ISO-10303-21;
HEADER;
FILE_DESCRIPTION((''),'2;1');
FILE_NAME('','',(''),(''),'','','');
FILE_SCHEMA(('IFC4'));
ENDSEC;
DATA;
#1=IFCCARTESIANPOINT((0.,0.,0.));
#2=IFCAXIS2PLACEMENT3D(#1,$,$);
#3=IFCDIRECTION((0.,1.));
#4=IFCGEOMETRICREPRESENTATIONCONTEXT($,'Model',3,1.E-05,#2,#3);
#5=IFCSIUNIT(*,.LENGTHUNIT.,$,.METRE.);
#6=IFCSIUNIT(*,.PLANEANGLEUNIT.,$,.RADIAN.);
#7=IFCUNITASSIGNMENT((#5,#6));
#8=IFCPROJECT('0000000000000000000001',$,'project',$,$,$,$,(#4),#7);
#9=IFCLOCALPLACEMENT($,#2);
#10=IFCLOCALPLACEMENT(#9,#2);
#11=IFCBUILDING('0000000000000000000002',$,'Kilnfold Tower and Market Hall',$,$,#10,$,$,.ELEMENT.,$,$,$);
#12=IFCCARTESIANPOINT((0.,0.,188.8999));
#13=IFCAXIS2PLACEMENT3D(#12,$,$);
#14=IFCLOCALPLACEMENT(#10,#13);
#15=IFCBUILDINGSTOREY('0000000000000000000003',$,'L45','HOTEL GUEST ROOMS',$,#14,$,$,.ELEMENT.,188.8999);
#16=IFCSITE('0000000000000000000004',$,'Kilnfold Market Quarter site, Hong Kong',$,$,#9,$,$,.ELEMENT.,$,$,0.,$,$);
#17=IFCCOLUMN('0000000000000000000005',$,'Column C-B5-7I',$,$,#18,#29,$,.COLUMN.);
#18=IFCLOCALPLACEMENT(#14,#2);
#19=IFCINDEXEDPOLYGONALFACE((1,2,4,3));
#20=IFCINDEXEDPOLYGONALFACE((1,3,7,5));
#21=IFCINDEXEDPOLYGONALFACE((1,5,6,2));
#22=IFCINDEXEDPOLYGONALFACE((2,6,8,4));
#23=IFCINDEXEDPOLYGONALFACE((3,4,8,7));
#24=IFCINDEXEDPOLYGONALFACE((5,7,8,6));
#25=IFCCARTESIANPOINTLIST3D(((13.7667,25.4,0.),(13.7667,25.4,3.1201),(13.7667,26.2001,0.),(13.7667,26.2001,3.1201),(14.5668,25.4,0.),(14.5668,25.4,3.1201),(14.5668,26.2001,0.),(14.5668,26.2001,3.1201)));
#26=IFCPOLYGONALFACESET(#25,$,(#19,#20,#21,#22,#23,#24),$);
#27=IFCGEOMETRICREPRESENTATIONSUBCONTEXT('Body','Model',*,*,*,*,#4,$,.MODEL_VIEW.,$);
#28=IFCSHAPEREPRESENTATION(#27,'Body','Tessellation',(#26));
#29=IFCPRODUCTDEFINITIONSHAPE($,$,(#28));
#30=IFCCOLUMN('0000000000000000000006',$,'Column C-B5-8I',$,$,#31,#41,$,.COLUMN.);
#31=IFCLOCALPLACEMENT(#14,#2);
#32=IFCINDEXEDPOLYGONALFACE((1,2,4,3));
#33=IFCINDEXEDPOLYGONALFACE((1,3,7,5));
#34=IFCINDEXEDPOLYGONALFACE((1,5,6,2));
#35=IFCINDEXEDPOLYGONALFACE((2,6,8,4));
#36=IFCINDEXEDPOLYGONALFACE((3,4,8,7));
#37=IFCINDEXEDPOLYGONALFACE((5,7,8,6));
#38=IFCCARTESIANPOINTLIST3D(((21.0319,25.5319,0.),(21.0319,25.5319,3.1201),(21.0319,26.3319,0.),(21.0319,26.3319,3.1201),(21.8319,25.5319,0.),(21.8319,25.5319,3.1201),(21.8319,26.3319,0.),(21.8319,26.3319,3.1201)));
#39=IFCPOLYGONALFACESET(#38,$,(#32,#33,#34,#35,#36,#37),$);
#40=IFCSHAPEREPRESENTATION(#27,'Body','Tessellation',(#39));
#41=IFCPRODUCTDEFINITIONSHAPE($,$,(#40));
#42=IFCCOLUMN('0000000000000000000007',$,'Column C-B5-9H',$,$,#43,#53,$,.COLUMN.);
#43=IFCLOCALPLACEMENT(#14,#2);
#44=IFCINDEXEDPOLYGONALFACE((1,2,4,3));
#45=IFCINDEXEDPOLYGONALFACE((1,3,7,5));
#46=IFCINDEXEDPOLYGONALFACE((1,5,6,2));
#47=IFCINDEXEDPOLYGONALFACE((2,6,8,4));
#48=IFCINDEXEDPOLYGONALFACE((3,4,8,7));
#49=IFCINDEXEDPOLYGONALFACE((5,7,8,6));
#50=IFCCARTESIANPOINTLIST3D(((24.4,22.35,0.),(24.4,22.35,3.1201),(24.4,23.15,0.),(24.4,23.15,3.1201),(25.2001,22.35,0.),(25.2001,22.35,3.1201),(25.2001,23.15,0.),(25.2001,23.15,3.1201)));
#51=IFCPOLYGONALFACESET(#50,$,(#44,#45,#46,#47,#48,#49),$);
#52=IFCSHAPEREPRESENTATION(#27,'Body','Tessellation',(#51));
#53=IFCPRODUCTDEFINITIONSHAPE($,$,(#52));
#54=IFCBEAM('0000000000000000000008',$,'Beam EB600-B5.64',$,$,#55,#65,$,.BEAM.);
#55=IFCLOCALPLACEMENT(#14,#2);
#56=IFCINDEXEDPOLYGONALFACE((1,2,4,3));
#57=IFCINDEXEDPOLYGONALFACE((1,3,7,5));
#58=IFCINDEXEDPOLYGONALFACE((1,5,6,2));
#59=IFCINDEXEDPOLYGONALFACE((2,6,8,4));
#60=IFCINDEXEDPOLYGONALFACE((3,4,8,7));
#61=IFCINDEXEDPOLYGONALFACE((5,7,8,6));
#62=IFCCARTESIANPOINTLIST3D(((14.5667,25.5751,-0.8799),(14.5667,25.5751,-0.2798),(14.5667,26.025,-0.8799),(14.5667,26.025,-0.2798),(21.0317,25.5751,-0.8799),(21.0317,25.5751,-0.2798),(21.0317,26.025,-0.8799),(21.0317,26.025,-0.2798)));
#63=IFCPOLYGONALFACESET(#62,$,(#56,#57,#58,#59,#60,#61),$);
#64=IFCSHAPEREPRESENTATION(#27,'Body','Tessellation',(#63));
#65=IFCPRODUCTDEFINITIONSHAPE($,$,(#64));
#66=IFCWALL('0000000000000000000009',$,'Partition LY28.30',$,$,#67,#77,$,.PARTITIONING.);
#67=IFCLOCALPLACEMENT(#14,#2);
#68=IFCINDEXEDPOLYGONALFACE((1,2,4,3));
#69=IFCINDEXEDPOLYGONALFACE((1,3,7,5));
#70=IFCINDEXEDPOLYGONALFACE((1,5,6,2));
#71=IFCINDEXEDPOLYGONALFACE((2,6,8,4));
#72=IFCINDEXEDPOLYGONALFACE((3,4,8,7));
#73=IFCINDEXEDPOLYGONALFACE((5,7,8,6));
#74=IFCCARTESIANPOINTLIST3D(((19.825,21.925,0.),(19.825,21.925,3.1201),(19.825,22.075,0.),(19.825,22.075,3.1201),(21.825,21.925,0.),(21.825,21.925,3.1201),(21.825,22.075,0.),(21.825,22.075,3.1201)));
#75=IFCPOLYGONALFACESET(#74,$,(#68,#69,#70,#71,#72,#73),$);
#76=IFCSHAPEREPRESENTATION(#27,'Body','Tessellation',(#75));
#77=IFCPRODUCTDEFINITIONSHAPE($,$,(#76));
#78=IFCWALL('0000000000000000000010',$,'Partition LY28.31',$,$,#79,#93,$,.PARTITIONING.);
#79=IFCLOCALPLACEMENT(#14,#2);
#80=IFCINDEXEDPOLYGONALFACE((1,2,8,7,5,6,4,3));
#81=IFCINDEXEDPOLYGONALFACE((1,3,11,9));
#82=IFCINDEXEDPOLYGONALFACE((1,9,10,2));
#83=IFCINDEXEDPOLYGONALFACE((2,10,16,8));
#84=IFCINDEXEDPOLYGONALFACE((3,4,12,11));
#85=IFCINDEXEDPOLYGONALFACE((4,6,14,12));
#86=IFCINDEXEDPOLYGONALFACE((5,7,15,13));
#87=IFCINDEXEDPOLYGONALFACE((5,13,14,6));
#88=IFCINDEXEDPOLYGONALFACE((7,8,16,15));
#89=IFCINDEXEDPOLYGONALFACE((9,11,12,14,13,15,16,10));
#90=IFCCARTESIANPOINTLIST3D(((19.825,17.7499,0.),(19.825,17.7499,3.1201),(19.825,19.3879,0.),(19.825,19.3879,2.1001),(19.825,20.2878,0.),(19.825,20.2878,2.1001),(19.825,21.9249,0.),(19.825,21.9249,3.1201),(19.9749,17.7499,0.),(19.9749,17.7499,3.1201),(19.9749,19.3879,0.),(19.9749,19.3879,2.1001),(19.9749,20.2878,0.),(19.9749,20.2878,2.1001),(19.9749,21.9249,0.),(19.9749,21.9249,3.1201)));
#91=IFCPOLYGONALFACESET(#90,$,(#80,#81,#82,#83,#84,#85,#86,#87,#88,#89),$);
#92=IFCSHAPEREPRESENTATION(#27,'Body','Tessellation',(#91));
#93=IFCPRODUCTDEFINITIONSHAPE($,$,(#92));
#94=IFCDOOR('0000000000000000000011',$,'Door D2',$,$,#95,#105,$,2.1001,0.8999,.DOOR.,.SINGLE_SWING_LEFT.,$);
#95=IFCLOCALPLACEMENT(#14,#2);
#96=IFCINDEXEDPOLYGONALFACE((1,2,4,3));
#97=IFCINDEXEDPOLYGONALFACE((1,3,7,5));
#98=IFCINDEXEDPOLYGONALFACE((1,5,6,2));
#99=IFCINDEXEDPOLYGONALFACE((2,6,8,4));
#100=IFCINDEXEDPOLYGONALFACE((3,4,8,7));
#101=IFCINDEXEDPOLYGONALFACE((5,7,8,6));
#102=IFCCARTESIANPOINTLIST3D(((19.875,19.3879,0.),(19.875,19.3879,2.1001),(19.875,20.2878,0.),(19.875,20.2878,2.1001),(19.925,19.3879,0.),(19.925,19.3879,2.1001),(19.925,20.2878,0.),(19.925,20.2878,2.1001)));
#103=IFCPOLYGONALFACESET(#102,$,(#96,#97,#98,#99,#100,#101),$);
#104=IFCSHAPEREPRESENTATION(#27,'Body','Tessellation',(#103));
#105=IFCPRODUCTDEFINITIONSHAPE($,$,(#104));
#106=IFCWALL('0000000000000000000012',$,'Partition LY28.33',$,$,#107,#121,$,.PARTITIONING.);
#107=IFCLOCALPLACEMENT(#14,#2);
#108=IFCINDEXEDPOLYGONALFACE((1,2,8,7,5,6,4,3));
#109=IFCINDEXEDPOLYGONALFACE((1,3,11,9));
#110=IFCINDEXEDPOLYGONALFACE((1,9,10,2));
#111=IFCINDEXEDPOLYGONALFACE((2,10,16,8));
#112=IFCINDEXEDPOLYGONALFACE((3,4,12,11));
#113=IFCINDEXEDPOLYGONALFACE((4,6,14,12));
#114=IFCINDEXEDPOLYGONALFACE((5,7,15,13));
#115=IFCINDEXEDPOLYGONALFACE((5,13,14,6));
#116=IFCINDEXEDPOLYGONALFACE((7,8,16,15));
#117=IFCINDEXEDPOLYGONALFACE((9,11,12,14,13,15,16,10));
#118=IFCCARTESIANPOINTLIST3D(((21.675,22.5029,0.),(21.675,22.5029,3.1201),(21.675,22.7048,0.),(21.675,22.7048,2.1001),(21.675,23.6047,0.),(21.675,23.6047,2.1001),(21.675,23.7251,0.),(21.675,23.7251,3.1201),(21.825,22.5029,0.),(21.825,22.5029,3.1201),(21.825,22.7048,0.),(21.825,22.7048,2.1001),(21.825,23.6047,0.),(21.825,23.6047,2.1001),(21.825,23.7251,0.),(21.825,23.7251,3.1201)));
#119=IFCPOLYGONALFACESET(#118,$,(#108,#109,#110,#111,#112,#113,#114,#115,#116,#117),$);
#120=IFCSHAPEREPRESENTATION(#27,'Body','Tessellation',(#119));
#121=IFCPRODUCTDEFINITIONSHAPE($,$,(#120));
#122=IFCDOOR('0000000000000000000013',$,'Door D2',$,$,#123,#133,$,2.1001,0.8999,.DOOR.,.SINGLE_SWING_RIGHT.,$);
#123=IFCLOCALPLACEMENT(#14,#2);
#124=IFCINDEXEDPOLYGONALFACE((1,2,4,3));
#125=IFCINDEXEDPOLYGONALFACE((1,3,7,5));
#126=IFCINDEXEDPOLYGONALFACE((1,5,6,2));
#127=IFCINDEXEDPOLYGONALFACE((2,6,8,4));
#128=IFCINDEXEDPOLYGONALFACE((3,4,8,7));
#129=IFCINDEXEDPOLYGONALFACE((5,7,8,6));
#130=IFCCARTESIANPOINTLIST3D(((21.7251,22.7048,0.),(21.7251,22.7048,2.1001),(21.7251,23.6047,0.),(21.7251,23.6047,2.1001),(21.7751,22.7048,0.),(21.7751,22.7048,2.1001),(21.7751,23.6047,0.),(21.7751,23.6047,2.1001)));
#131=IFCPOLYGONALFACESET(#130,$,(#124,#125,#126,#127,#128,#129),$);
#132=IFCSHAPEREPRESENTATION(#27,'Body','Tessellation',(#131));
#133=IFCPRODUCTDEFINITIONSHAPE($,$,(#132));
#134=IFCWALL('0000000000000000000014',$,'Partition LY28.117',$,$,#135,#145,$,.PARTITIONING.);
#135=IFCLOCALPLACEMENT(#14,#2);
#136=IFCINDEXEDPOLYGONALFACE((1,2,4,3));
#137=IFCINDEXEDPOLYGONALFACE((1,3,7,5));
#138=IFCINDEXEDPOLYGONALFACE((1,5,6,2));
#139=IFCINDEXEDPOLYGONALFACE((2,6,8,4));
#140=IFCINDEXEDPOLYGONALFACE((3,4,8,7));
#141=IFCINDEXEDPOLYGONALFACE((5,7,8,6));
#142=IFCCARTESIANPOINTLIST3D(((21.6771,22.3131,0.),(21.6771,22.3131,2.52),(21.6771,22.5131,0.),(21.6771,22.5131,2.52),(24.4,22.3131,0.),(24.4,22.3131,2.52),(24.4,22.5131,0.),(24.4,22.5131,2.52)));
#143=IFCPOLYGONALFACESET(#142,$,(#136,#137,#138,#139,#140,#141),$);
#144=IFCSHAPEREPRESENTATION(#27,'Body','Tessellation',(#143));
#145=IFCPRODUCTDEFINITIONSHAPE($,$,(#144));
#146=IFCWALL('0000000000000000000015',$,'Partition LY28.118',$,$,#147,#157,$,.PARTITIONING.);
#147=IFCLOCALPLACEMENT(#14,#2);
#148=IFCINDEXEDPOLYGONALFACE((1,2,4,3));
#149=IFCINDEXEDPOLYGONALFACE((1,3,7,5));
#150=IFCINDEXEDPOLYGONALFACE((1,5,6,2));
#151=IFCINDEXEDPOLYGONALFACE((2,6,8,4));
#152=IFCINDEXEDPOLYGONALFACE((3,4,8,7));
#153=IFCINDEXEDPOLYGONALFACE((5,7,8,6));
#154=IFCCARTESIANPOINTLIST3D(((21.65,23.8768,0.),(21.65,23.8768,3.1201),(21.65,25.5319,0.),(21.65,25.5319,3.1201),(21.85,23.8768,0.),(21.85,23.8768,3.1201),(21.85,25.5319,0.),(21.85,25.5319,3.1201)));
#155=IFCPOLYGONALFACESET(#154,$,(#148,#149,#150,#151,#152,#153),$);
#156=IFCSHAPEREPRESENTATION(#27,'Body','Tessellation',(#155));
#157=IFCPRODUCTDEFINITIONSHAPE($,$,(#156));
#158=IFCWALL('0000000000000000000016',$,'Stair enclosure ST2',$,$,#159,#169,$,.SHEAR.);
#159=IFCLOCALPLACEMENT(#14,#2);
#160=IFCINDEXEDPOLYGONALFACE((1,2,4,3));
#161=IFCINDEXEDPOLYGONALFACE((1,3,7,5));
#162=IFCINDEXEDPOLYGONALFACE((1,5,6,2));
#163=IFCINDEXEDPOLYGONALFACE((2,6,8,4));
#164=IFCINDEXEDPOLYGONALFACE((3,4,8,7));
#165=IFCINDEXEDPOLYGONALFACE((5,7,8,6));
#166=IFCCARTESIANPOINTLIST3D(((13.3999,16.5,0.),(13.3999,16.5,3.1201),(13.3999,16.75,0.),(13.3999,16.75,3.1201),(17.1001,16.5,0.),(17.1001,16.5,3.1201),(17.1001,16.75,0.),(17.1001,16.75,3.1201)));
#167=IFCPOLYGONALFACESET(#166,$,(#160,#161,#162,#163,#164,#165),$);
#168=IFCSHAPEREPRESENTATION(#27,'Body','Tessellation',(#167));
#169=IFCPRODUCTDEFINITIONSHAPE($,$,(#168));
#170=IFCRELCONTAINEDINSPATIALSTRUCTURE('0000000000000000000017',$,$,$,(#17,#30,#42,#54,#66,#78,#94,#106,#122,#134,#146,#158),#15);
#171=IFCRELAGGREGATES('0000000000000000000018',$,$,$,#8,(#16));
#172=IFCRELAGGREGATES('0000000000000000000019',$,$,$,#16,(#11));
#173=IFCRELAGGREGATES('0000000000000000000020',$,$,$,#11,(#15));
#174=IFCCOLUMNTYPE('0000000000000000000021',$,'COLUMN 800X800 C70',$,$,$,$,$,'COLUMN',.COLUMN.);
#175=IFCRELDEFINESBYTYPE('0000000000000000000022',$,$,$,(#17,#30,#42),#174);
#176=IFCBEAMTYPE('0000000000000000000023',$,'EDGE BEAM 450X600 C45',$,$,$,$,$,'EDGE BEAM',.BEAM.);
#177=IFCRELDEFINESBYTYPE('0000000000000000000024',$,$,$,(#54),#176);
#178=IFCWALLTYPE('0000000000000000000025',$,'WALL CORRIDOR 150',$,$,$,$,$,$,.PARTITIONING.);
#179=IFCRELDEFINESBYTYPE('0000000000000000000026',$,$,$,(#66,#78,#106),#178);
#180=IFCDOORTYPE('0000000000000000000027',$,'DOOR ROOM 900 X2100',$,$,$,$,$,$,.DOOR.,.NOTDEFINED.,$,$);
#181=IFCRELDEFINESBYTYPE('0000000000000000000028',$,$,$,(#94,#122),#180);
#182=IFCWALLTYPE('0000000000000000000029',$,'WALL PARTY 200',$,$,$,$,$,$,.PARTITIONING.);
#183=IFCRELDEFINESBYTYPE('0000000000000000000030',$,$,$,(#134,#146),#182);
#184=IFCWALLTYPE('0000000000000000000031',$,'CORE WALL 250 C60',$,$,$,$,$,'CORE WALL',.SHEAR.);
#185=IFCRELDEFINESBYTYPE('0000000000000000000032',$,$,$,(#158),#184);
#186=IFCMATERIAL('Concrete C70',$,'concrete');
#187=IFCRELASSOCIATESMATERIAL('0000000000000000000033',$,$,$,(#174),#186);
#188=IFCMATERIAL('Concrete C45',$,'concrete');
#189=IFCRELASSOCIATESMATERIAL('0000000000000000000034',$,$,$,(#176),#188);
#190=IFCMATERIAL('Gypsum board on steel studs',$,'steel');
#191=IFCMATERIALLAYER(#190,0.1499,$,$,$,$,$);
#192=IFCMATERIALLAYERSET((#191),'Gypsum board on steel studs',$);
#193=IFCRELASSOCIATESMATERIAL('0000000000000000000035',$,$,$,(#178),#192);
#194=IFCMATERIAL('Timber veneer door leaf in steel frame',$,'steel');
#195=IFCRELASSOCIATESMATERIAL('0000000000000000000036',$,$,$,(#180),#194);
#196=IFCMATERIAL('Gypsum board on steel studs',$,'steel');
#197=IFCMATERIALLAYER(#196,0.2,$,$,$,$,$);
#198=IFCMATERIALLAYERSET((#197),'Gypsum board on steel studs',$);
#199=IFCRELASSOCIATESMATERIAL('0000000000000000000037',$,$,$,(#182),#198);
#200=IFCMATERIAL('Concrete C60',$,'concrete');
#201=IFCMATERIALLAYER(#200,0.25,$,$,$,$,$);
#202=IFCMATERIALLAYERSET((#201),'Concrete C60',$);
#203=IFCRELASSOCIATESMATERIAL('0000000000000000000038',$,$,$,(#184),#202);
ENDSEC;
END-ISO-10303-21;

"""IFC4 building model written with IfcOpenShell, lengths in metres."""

from ifc_helpers import new_model, si_unit, direction, frame, frame_2d, origin, origin_2d, place, context, subcontext, project, spatial, rectangle, extrude, source, transform, mapped, material, layer, layer_set, material_profile, profile_set, type_object, element, fill, save


model = new_model("IFC4")

# Units and contexts
model_context = context("Model", 3, precision=1e-05, world=origin(), true_north=direction((0.0, 1.0)))
body_context = subcontext(model_context, "Body", "Model", "MODEL_VIEW")
ifc_project = project(units=[si_unit("LENGTHUNIT", "METRE"), si_unit("PLANEANGLEUNIT", "RADIAN")], contexts=[model_context])

# Site, building, storey
site_placement = place(None, origin())
site = spatial("IfcSite", under=ifc_project, at=site_placement, Name="Kilnfold Market Quarter site, Hong Kong", CompositionType="ELEMENT", RefElevation=0.0)
building_placement = place(site_placement, origin())
building = spatial("IfcBuilding", under=site, at=building_placement, Name="Kilnfold Tower and Market Hall", CompositionType="ELEMENT")
storey_placement = place(building_placement, frame((0.0, 0.0, 188.8999)))
storey = spatial("IfcBuildingStorey", under=building, at=storey_placement, Name="L45", Description="HOTEL GUEST ROOMS", CompositionType="ELEMENT", Elevation=188.8999)

# Columns
ifc_material_1 = material(Name="Concrete C70", Category="concrete")
ifc_material_profile_1 = material_profile(ifc_material_1, rectangle(XDim=0.8, YDim=0.8, at=origin_2d()), Name="RC 800x800")
ifc_profile_set_1 = profile_set([ifc_material_profile_1], Name="Concrete C70")
column_type = type_object("IfcColumnType", Name="COLUMN 800X800 C70", ElementType="COLUMN", PredefinedType="COLUMN", material=ifc_profile_set_1)
shared_shape_1 = source(origin(), body_context, "Body", "SweptSolid", [
    extrude(rectangle(XDim=0.8, YDim=0.8, at=origin_2d()), origin(), (0.0, 0.0, 1.0), 3.1201),
])
for number, where, z_axis, x_axis, name in (
    (1, (14.1667, 25.8, 0.0), (0.0, 0.0, 1.0), (1.0, 0.0, 0.0), "Column C-B5-7I"),
    (2, (21.4319, 25.9319, 0.0), (0.0, 0.0, 1.0), (1.0, 0.0, 0.0), "Column C-B5-8I"),
    (3, (24.8, 22.75, 0.0), (0.0, 0.0, 1.0), (1.0, 0.0, 0.0), "Column C-B5-9H"),
):
    element("IfcColumn", number, at=place(storey_placement, frame(where, z_axis=z_axis, x_axis=x_axis)), inside=storey, type_object=column_type, Name=name, PredefinedType="COLUMN", context=body_context, shape_type="MappedRepresentation", body=[
        mapped(shared_shape_1, transform((0.0, 0.0, 0.0))),
    ])

# Beam
ifc_material_2 = material(Name="Concrete C45", Category="concrete")
ifc_material_profile_2 = material_profile(ifc_material_2, rectangle(XDim=0.45, YDim=0.6001, at=origin_2d()), Name="RC 450x600")
ifc_profile_set_2 = profile_set([ifc_material_profile_2], Name="Concrete C45")
beam_type = type_object("IfcBeamType", Name="EDGE BEAM 450X600 C45", ElementType="EDGE BEAM", PredefinedType="BEAM", material=ifc_profile_set_2)
shared_shape_2 = source(origin(), body_context, "Body", "SweptSolid", [
    extrude(rectangle(XDim=0.45, YDim=0.6001, at=origin_2d()), origin(), (0.0, 0.0, 1.0), 6.4651),
])
beam_placement = place(storey_placement, frame((14.5667, 25.8, -0.5798), z_axis=(1.0, 0.0, 0.0), x_axis=(0.0, 1.0, 0.0)))
element("IfcBeam", 4, at=beam_placement, inside=storey, type_object=beam_type, Name="Beam EB600-B5.64", PredefinedType="BEAM", context=body_context, shape_type="MappedRepresentation", body=[
    mapped(shared_shape_2, transform((0.0, 0.0, 0.0))),
])

# Wall
ifc_material_3 = material(Name="Gypsum board on steel studs", Category="steel")
ifc_layer_1 = layer(ifc_material_3, 0.1499)
ifc_layer_set_1 = layer_set([ifc_layer_1], Name="Gypsum board on steel studs")
wall_type_1 = type_object("IfcWallType", Name="WALL CORRIDOR 150", PredefinedType="PARTITIONING", material=ifc_layer_set_1)
wall_1_placement = place(storey_placement, frame((19.825, 22.0, 0.0), z_axis=(0.0, 0.0, 1.0), x_axis=(1.0, 0.0, 0.0)))
element("IfcWall", 5, at=wall_1_placement, inside=storey, type_object=wall_type_1, Name="Partition LY28.30", PredefinedType="PARTITIONING", context=body_context, shape_type="SweptSolid", body=[
    extrude(rectangle(XDim=2.0, YDim=0.1499, at=frame_2d((1.0, 0.0))), origin(), (0.0, 0.0, 1.0), 3.1201),
])

# Walls, openings, doors
wall_2_placement = place(storey_placement, frame((19.8999, 17.75, 0.0), z_axis=(0.0, 0.0, 1.0), x_axis=(0.0, 1.0, 0.0)))
wall_2 = element("IfcWall", 6, at=wall_2_placement, inside=storey, type_object=wall_type_1, Name="Partition LY28.31", PredefinedType="PARTITIONING", context=body_context, shape_type="SweptSolid", body=[
    extrude(rectangle(XDim=4.175, YDim=0.1499, at=frame_2d((2.0874, 0.0))), origin(), (0.0, 0.0, 1.0), 3.1201),
])
opening_1_placement = place(wall_2_placement, frame((1.6379, 0.0, 0.0)))
opening_1 = element("IfcOpeningElement", 7, at=opening_1_placement, cuts=wall_2, PredefinedType="OPENING", context=body_context, shape_type="SweptSolid", body=[
    extrude(rectangle(XDim=0.8999, YDim=2.1001, at=frame_2d((0.45, 1.05))), frame((0.0, 0.085, 0.0), z_axis=(0.0, -1.0, 0.0), x_axis=(1.0, 0.0, 0.0)), (0.0, 0.0, 1.0), 0.1699),
])
ifc_material_4 = material(Name="Timber veneer door leaf in steel frame", Category="steel")
door_type = type_object("IfcDoorType", Name="DOOR ROOM 900 X2100", OperationType="NOTDEFINED", PredefinedType="DOOR", material=ifc_material_4)
door_1_placement = place(opening_1_placement, origin())
door_1 = element("IfcDoor", 8, at=door_1_placement, inside=storey, type_object=door_type, Name="Door D2", OperationType="SINGLE_SWING_LEFT", OverallHeight=2.1001, OverallWidth=0.8999, PredefinedType="DOOR", context=body_context, shape_type="SweptSolid", body=[
    extrude(rectangle(XDim=0.8999, YDim=2.1001, at=frame_2d((0.45, 1.05))), frame((0.0, 0.0249, 0.0), z_axis=(0.0, -1.0, 0.0), x_axis=(1.0, 0.0, 0.0)), (0.0, 0.0, 1.0), 0.05),
])
fill(opening_1, door_1)
wall_3_placement = place(storey_placement, frame((21.75, 22.5029, 0.0), z_axis=(0.0, 0.0, 1.0), x_axis=(0.0, 1.0, 0.0)))
wall_3 = element("IfcWall", 9, at=wall_3_placement, inside=storey, type_object=wall_type_1, Name="Partition LY28.33", PredefinedType="PARTITIONING", context=body_context, shape_type="SweptSolid", body=[
    extrude(rectangle(XDim=1.2222, YDim=0.1499, at=frame_2d((0.6111, 0.0))), origin(), (0.0, 0.0, 1.0), 3.1201),
])
opening_2_placement = place(wall_3_placement, frame((0.2019, 0.0, 0.0)))
opening_2 = element("IfcOpeningElement", 10, at=opening_2_placement, cuts=wall_3, PredefinedType="OPENING", context=body_context, shape_type="SweptSolid", body=[
    extrude(rectangle(XDim=0.8999, YDim=2.1001, at=frame_2d((0.45, 1.05))), frame((0.0, 0.085, 0.0), z_axis=(0.0, -1.0, 0.0), x_axis=(1.0, 0.0, 0.0)), (0.0, 0.0, 1.0), 0.1699),
])
door_2_placement = place(opening_2_placement, origin())
door_2 = element("IfcDoor", 11, at=door_2_placement, inside=storey, type_object=door_type, Name="Door D2", OperationType="SINGLE_SWING_RIGHT", OverallHeight=2.1001, OverallWidth=0.8999, PredefinedType="DOOR", context=body_context, shape_type="SweptSolid", body=[
    extrude(rectangle(XDim=0.8999, YDim=2.1001, at=frame_2d((0.45, 1.05))), frame((0.0, 0.0249, 0.0), z_axis=(0.0, -1.0, 0.0), x_axis=(1.0, 0.0, 0.0)), (0.0, 0.0, 1.0), 0.05),
])
fill(opening_2, door_2)

# Walls
ifc_material_5 = material(Name="Gypsum board on steel studs", Category="steel")
ifc_layer_2 = layer(ifc_material_5, 0.2)
ifc_layer_set_2 = layer_set([ifc_layer_2], Name="Gypsum board on steel studs")
wall_type_2 = type_object("IfcWallType", Name="WALL PARTY 200", PredefinedType="PARTITIONING", material=ifc_layer_set_2)
wall_4_placement = place(storey_placement, frame((24.3999, 22.4131, 0.0), z_axis=(0.0, 0.0, 1.0), x_axis=(-1.0, 0.0, 0.0)))
element("IfcWall", 12, at=wall_4_placement, inside=storey, type_object=wall_type_2, Name="Partition LY28.117", PredefinedType="PARTITIONING", context=body_context, shape_type="SweptSolid", body=[
    extrude(rectangle(XDim=2.7229, YDim=0.2, at=frame_2d((1.3613, 0.0))), origin(), (0.0, 0.0, 1.0), 2.52),
])
wall_5_placement = place(storey_placement, frame((21.75, 25.532, 0.0), z_axis=(0.0, 0.0, 1.0), x_axis=(0.0, -1.0, 0.0)))
element("IfcWall", 13, at=wall_5_placement, inside=storey, type_object=wall_type_2, Name="Partition LY28.118", PredefinedType="PARTITIONING", context=body_context, shape_type="SweptSolid", body=[
    extrude(rectangle(XDim=1.655, YDim=0.2, at=frame_2d((0.8276, 0.0))), origin(), (0.0, 0.0, 1.0), 3.1201),
])
ifc_material_6 = material(Name="Concrete C60", Category="concrete")
ifc_layer_3 = layer(ifc_material_6, 0.25)
ifc_layer_set_3 = layer_set([ifc_layer_3], Name="Concrete C60")
wall_type_3 = type_object("IfcWallType", Name="CORE WALL 250 C60", ElementType="CORE WALL", PredefinedType="SHEAR", material=ifc_layer_set_3)
shared_shape_3 = source(origin(), body_context, "Body", "SweptSolid", [
    extrude(rectangle(XDim=3.7002, YDim=0.25, at=frame_2d((1.8501, 0.0))), origin(), (0.0, 0.0, 1.0), 3.1201),
])
wall_6_placement = place(storey_placement, frame((13.3999, 16.625, 0.0), z_axis=(0.0, 0.0, 1.0), x_axis=(1.0, 0.0, 0.0)))
element("IfcWall", 14, at=wall_6_placement, inside=storey, type_object=wall_type_3, Name="Stair enclosure ST2", PredefinedType="SHEAR", context=body_context, shape_type="MappedRepresentation", body=[
    mapped(shared_shape_3, transform((0.0, 0.0, 0.0))),
])

save(model, "model.ifc")
